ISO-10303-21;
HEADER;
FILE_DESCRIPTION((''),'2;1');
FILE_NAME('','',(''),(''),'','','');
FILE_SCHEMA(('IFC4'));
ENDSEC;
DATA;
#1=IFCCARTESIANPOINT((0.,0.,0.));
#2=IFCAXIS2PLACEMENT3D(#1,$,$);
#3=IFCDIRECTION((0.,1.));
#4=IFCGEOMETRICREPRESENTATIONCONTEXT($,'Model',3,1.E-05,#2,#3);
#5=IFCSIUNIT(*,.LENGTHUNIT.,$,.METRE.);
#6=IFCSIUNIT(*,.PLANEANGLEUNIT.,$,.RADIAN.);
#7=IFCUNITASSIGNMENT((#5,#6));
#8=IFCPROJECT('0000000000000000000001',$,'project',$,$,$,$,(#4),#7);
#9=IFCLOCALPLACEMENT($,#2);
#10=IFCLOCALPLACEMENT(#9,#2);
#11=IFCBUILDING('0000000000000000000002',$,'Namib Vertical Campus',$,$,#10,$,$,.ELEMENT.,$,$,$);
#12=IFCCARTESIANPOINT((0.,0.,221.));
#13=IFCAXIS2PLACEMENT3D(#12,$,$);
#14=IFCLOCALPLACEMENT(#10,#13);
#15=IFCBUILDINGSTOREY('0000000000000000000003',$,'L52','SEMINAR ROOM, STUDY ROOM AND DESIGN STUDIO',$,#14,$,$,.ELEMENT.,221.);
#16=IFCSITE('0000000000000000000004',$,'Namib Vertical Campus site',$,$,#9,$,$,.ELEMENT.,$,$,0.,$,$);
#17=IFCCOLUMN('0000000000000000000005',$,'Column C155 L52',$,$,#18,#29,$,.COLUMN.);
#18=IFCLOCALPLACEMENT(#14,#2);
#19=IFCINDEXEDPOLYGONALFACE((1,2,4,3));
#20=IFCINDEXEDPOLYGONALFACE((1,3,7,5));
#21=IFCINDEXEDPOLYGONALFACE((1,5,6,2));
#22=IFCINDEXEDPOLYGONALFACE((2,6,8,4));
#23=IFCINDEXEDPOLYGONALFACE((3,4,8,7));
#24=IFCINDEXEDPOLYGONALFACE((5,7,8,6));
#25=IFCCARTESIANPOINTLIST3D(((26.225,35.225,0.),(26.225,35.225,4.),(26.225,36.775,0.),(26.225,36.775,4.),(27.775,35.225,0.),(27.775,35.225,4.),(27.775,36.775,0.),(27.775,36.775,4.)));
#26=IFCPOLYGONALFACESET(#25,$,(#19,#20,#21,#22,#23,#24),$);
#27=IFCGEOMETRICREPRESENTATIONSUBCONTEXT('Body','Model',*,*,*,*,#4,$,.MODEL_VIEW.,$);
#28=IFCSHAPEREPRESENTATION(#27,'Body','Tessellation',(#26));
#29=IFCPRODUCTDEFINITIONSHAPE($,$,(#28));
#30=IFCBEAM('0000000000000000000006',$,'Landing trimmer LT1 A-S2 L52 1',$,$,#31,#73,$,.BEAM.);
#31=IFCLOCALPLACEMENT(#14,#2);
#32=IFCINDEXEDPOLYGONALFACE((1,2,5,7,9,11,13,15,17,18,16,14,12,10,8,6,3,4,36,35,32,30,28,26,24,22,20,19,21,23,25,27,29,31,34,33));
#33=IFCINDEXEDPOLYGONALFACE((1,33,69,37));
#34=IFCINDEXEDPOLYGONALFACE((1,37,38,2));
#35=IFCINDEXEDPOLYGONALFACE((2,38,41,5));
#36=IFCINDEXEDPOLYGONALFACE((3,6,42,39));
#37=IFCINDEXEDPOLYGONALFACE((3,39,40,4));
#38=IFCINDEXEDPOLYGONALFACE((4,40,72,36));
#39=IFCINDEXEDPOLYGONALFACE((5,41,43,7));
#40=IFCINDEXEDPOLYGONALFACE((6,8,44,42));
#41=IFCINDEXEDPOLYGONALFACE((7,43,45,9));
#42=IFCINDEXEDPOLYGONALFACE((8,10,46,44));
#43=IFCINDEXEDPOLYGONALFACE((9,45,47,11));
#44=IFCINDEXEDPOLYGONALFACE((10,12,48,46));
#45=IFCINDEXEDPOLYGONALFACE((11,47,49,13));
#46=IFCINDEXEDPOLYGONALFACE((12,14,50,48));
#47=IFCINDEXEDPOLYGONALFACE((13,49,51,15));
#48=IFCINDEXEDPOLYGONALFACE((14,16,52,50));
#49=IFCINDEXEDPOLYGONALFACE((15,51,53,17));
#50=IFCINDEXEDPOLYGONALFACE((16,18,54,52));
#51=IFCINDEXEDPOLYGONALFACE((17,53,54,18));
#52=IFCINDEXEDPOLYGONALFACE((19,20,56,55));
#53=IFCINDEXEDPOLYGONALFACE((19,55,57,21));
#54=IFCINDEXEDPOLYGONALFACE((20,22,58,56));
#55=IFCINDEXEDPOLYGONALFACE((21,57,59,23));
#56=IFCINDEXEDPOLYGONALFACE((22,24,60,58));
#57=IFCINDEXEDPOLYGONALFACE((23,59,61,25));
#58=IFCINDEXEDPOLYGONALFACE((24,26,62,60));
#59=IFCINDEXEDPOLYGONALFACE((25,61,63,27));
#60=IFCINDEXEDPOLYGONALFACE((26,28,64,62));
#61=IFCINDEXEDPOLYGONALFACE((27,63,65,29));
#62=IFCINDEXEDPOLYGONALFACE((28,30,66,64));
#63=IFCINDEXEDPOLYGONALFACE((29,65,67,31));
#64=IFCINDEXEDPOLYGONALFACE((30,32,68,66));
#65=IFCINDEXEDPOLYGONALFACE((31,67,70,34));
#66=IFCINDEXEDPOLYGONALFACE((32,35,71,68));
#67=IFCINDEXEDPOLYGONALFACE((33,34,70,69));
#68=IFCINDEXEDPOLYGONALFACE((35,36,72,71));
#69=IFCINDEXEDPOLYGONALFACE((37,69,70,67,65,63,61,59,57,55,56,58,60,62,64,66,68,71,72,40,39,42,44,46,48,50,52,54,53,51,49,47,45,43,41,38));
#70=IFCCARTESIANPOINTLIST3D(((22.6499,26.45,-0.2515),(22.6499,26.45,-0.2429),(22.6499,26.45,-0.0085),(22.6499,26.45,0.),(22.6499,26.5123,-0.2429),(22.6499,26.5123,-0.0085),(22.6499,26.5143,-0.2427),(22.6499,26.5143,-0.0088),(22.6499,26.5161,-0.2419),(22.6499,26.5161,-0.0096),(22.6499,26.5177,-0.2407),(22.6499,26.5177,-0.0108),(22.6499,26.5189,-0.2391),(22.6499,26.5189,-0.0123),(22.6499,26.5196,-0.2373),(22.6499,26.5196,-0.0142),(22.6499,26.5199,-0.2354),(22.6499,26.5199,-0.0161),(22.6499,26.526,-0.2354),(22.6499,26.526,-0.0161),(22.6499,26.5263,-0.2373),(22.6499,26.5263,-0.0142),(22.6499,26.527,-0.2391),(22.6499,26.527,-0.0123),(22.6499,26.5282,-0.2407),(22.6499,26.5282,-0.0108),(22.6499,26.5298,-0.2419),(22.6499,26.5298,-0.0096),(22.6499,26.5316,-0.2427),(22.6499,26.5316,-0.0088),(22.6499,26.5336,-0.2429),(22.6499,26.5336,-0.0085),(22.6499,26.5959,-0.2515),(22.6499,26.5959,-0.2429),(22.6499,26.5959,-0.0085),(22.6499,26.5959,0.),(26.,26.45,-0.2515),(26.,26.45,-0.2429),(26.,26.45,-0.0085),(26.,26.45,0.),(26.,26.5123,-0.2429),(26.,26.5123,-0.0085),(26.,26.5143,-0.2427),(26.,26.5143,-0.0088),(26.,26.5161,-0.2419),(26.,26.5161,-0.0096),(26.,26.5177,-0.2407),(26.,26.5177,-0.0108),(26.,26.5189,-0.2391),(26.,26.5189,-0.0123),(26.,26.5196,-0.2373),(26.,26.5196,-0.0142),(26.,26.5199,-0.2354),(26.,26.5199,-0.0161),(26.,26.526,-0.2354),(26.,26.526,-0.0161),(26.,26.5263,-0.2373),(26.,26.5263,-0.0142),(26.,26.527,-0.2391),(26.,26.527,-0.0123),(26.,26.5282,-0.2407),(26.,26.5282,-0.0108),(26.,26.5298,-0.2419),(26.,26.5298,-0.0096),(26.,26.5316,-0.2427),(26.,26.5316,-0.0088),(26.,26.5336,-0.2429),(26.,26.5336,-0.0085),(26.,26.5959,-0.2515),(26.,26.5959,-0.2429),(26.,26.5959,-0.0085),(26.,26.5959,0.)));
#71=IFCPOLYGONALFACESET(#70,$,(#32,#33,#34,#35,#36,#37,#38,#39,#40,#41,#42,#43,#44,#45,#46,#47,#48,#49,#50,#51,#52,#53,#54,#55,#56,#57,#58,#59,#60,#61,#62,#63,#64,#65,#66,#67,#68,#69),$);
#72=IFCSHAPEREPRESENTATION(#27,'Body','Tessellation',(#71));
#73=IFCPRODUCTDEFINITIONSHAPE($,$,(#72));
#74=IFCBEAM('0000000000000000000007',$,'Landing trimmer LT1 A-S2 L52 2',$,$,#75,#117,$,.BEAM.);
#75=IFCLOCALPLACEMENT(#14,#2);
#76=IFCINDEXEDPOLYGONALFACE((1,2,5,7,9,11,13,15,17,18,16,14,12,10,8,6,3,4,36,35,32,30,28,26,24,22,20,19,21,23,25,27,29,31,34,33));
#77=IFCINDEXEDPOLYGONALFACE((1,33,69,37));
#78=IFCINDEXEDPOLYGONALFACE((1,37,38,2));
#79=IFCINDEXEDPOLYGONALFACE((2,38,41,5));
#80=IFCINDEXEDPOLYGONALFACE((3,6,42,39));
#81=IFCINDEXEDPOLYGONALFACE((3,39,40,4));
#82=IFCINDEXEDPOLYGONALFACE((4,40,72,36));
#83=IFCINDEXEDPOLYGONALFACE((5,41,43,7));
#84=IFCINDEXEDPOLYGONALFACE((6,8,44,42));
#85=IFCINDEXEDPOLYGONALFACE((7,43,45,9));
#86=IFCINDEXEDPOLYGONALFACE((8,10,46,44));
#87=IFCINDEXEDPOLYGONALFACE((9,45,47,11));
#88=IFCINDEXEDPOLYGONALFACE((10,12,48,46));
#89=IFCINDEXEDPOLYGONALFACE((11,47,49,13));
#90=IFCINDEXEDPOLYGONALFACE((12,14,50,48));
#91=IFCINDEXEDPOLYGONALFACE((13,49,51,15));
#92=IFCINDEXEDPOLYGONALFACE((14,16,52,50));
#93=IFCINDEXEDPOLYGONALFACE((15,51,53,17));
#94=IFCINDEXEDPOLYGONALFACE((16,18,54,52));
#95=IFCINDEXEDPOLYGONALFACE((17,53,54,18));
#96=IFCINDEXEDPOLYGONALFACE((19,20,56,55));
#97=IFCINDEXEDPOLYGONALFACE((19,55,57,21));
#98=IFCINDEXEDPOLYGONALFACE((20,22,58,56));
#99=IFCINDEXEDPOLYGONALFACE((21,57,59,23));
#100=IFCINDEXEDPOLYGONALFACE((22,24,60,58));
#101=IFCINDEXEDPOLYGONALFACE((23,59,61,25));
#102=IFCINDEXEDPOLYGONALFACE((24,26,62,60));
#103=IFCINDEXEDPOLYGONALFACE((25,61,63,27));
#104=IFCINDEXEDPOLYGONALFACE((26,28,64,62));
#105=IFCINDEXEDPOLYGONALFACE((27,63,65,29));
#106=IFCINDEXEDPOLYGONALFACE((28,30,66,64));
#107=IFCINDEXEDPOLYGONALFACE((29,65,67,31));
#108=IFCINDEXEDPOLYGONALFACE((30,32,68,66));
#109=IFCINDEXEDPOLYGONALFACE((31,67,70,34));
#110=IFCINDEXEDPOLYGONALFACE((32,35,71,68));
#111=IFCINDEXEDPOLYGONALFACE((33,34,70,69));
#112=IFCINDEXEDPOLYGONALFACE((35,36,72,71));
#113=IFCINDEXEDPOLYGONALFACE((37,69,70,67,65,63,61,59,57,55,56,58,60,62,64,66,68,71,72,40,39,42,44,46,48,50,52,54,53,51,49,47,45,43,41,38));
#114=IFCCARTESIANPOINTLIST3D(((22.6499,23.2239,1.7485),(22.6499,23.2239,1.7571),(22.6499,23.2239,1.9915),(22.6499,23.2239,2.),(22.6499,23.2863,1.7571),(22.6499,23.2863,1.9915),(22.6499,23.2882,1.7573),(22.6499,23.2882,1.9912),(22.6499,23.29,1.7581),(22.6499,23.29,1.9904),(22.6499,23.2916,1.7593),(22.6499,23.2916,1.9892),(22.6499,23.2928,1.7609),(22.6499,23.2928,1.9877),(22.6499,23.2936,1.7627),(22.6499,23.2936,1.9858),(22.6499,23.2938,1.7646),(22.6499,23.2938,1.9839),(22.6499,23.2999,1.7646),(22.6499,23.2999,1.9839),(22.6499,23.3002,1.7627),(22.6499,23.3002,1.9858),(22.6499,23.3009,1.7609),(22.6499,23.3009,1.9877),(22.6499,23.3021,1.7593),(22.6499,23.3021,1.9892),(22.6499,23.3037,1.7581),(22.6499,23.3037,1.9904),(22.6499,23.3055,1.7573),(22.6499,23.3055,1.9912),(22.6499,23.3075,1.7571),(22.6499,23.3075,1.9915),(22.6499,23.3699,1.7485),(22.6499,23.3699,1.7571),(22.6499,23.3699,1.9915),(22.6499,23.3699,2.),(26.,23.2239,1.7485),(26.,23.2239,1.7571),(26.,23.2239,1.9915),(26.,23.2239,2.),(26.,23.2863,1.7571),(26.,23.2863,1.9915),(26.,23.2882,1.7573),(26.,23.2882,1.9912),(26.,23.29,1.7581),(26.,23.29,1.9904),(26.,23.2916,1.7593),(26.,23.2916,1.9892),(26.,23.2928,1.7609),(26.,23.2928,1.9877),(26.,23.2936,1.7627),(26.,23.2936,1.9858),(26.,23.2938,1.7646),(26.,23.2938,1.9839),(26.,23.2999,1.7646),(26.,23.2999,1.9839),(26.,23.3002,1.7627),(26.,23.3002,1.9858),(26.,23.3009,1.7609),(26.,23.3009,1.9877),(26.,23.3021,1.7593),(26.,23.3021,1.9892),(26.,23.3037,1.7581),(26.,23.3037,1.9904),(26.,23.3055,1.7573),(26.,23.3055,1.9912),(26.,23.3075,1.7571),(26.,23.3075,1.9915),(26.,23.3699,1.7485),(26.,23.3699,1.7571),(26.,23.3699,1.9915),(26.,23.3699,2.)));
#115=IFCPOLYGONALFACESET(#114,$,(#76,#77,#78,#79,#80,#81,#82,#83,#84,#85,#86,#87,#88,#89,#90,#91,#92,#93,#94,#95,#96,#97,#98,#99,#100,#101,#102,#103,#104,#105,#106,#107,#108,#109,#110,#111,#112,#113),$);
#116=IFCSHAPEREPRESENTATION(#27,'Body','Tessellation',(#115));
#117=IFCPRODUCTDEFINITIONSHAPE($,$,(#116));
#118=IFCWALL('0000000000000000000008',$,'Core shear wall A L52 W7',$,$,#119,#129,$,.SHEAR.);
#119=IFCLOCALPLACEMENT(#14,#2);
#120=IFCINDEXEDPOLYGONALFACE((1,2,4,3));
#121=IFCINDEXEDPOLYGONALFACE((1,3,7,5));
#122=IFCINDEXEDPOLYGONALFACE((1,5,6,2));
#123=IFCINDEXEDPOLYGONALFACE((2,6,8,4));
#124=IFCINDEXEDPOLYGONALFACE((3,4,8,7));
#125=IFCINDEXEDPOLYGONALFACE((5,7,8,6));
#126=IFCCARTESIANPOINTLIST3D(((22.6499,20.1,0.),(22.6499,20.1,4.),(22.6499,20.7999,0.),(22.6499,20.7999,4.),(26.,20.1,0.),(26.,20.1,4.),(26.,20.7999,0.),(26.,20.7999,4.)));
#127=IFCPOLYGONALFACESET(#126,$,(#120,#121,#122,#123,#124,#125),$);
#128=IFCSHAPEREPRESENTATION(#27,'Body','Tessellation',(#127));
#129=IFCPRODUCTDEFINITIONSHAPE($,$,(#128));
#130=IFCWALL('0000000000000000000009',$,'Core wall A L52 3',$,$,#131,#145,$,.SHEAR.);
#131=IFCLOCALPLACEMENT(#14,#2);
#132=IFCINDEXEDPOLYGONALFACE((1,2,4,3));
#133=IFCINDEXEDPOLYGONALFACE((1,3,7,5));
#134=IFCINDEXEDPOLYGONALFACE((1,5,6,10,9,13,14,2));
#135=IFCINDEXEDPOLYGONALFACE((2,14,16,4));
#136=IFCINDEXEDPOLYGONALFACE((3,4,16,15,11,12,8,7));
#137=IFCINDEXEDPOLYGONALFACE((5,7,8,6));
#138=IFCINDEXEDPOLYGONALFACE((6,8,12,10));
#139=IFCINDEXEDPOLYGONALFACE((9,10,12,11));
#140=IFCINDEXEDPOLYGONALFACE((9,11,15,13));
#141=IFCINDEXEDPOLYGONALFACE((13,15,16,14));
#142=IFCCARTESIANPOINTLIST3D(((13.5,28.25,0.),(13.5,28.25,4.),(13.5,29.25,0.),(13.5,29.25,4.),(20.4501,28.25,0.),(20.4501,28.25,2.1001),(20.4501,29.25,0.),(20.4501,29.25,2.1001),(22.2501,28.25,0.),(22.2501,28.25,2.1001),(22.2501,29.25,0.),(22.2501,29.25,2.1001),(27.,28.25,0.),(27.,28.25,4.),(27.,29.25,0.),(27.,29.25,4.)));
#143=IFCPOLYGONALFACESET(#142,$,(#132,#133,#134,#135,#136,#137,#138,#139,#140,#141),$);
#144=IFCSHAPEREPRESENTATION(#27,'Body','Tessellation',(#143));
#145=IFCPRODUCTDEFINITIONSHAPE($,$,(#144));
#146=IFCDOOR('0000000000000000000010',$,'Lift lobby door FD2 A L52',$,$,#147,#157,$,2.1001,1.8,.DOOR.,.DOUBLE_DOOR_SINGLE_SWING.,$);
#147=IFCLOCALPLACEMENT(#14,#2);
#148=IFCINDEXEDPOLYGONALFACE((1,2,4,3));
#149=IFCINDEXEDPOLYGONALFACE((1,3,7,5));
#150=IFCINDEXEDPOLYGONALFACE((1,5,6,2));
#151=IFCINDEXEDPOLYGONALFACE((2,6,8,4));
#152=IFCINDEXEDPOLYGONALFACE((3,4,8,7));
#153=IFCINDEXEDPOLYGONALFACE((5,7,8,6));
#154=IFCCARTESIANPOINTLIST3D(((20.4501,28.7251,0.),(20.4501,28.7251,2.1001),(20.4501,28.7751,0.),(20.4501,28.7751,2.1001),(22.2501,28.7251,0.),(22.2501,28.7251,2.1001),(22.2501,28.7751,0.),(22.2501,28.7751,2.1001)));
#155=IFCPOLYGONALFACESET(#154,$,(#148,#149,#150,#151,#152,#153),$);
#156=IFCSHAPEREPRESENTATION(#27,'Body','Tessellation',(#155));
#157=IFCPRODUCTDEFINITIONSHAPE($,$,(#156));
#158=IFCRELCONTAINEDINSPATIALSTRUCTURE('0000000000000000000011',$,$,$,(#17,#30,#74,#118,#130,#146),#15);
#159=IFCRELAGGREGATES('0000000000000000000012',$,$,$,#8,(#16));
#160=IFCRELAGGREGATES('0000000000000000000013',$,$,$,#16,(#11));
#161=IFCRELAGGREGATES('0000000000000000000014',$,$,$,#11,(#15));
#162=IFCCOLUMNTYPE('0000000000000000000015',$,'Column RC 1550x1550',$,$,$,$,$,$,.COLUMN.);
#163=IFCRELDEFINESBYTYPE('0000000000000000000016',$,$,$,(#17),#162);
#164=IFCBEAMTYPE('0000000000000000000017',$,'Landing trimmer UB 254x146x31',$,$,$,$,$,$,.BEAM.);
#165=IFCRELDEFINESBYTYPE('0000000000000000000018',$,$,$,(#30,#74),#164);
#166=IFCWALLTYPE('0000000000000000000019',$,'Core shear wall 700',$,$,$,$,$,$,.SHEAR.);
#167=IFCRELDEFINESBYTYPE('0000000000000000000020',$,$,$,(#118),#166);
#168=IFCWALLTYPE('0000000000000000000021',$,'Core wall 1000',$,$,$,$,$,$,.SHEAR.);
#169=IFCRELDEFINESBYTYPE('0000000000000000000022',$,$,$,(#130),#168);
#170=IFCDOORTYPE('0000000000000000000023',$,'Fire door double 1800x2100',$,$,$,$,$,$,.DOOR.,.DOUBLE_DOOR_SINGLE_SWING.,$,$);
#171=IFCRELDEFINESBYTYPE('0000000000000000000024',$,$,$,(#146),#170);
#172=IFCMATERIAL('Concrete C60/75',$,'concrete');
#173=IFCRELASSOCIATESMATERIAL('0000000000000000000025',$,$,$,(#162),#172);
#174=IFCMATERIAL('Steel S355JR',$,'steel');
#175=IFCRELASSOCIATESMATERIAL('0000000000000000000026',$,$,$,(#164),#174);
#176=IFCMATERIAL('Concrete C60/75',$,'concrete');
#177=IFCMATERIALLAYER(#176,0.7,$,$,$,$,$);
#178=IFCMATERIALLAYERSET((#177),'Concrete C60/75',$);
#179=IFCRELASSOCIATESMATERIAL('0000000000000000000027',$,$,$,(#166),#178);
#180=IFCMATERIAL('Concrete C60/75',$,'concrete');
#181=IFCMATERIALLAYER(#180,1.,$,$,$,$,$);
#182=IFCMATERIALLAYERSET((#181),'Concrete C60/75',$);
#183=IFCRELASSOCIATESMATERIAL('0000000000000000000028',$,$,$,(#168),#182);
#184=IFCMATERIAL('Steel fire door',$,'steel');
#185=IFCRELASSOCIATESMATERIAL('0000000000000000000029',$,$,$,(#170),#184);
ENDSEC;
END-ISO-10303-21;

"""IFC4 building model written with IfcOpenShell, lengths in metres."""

from ifc_helpers import new_model, si_unit, direction, frame, frame_2d, origin, origin_2d, place, context, subcontext, project, spatial, rectangle, i_section, extrude, material, layer, layer_set, material_profile, profile_set, type_object, element, fill, save


model = new_model("IFC4")

# Units and contexts
model_context = context("Model", 3, precision=1e-05, world=origin(), true_north=direction((0.0, 1.0)))
body_context = subcontext(model_context, "Body", "Model", "MODEL_VIEW")
ifc_project = project(units=[si_unit("LENGTHUNIT", "METRE"), si_unit("PLANEANGLEUNIT", "RADIAN")], contexts=[model_context])

# Site, building, storey
site_placement = place(None, origin())
site = spatial("IfcSite", under=ifc_project, at=site_placement, Name="Namib Vertical Campus site", CompositionType="ELEMENT", RefElevation=0.0)
building_placement = place(site_placement, origin())
building = spatial("IfcBuilding", under=site, at=building_placement, Name="Namib Vertical Campus", CompositionType="ELEMENT")
storey_placement = place(building_placement, frame((0.0, 0.0, 221.0)))
storey = spatial("IfcBuildingStorey", under=building, at=storey_placement, Name="L52", Description="SEMINAR ROOM, STUDY ROOM AND DESIGN STUDIO", CompositionType="ELEMENT", Elevation=221.0)

# Column
ifc_material_1 = material(Name="Concrete C60/75", Category="concrete")
ifc_material_profile_1 = material_profile(ifc_material_1, rectangle(XDim=1.55, YDim=1.55, at=origin_2d()))
ifc_profile_set_1 = profile_set([ifc_material_profile_1], Name="Concrete C60/75")
column_type = type_object("IfcColumnType", Name="Column RC 1550x1550", PredefinedType="COLUMN", material=ifc_profile_set_1)
column_placement = place(storey_placement, frame((27.0, 36.0, 0.0), z_axis=(0.0, 0.0, 1.0), x_axis=(1.0, 0.0, 0.0)))
element("IfcColumn", 1, at=column_placement, inside=storey, type_object=column_type, Name="Column C155 L52", PredefinedType="COLUMN", context=body_context, shape_type="SweptSolid", body=[
    extrude(rectangle(XDim=1.55, YDim=1.55, at=origin_2d()), origin(), (0.0, 0.0, 1.0), 4.0),
])

# Beams
ifc_material_2 = material(Name="Steel S355JR", Category="steel")
ifc_material_profile_2 = material_profile(ifc_material_2, i_section(OverallWidth=0.146, OverallDepth=0.2515, WebThickness=0.0061, FlangeThickness=0.0085, FilletRadius=0.0076, at=origin_2d()))
ifc_profile_set_2 = profile_set([ifc_material_profile_2], Name="Steel S355JR")
beam_type = type_object("IfcBeamType", Name="Landing trimmer UB 254x146x31", PredefinedType="BEAM", material=ifc_profile_set_2)
for number, where, z_axis, x_axis, name in (
    (2, (22.6499, 26.5229, -0.1257), (1.0, 0.0, 0.0), (0.0, 1.0, 0.0), "Landing trimmer LT1 A-S2 L52 1"),
    (3, (22.6499, 23.2969, 1.8743), (1.0, 0.0, 0.0), (0.0, 1.0, 0.0), "Landing trimmer LT1 A-S2 L52 2"),
):
    element("IfcBeam", number, at=place(storey_placement, frame(where, z_axis=z_axis, x_axis=x_axis)), inside=storey, type_object=beam_type, Name=name, PredefinedType="BEAM", context=body_context, shape_type="SweptSolid", body=[
        extrude(i_section(OverallWidth=0.146, OverallDepth=0.2515, WebThickness=0.0061, FlangeThickness=0.0085, FilletRadius=0.0076, at=origin_2d()), origin(), (0.0, 0.0, 1.0), 3.3501),
    ])

# Wall
ifc_material_3 = material(Name="Concrete C60/75", Category="concrete")
ifc_layer_1 = layer(ifc_material_3, 0.7)
ifc_layer_set_1 = layer_set([ifc_layer_1], Name="Concrete C60/75")
wall_type_1 = type_object("IfcWallType", Name="Core shear wall 700", PredefinedType="SHEAR", material=ifc_layer_set_1)
wall_1_placement = place(storey_placement, frame((22.6499, 20.45, 0.0), z_axis=(0.0, 0.0, 1.0), x_axis=(1.0, 0.0, 0.0)))
element("IfcWall", 4, at=wall_1_placement, inside=storey, type_object=wall_type_1, Name="Core shear wall A L52 W7", PredefinedType="SHEAR", context=body_context, shape_type="SweptSolid", body=[
    extrude(rectangle(XDim=3.3501, YDim=0.7, at=frame_2d((1.675, 0.0))), origin(), (0.0, 0.0, 1.0), 4.0),
])

# Wall, opening, door
ifc_material_4 = material(Name="Concrete C60/75", Category="concrete")
ifc_layer_2 = layer(ifc_material_4, 1.0)
ifc_layer_set_2 = layer_set([ifc_layer_2], Name="Concrete C60/75")
wall_type_2 = type_object("IfcWallType", Name="Core wall 1000", PredefinedType="SHEAR", material=ifc_layer_set_2)
wall_2_placement = place(storey_placement, frame((27.0, 28.75, 0.0), z_axis=(0.0, 0.0, 1.0), x_axis=(-1.0, 0.0, 0.0)))
wall_2 = element("IfcWall", 5, at=wall_2_placement, inside=storey, type_object=wall_type_2, Name="Core wall A L52 3", PredefinedType="SHEAR", context=body_context, shape_type="SweptSolid", body=[
    extrude(rectangle(XDim=13.5, YDim=1.0, at=frame_2d((6.75, 0.0))), origin(), (0.0, 0.0, 1.0), 4.0),
])
opening_1_placement = place(wall_2_placement, frame((4.75, 0.0, 0.0)))
opening_1 = element("IfcOpeningElement", 6, at=opening_1_placement, cuts=wall_2, PredefinedType="OPENING", context=body_context, shape_type="SweptSolid", body=[
    extrude(rectangle(XDim=1.8, YDim=2.1001, at=frame_2d((0.8999, 1.05))), frame((0.0, 0.51, 0.0), z_axis=(0.0, -1.0, 0.0), x_axis=(1.0, 0.0, 0.0)), (0.0, 0.0, 1.0), 1.02),
])
ifc_material_5 = material(Name="Steel fire door", Category="steel")
door_type_1 = type_object("IfcDoorType", Name="Fire door double 1800x2100", OperationType="DOUBLE_DOOR_SINGLE_SWING", PredefinedType="DOOR", material=ifc_material_5)
door_1_placement = place(opening_1_placement, origin())
door_1 = element("IfcDoor", 7, at=door_1_placement, inside=storey, type_object=door_type_1, Name="Lift lobby door FD2 A L52", OperationType="DOUBLE_DOOR_SINGLE_SWING", OverallHeight=2.1001, OverallWidth=1.8, PredefinedType="DOOR", context=body_context, shape_type="SweptSolid", body=[
    extrude(rectangle(XDim=1.8, YDim=2.1001, at=frame_2d((0.8999, 1.05))), frame((0.0, 0.0249, 0.0), z_axis=(0.0, -1.0, 0.0), x_axis=(1.0, 0.0, 0.0)), (0.0, 0.0, 1.0), 0.05),
])
fill(opening_1, door_1)

save(model, "model.ifc")
